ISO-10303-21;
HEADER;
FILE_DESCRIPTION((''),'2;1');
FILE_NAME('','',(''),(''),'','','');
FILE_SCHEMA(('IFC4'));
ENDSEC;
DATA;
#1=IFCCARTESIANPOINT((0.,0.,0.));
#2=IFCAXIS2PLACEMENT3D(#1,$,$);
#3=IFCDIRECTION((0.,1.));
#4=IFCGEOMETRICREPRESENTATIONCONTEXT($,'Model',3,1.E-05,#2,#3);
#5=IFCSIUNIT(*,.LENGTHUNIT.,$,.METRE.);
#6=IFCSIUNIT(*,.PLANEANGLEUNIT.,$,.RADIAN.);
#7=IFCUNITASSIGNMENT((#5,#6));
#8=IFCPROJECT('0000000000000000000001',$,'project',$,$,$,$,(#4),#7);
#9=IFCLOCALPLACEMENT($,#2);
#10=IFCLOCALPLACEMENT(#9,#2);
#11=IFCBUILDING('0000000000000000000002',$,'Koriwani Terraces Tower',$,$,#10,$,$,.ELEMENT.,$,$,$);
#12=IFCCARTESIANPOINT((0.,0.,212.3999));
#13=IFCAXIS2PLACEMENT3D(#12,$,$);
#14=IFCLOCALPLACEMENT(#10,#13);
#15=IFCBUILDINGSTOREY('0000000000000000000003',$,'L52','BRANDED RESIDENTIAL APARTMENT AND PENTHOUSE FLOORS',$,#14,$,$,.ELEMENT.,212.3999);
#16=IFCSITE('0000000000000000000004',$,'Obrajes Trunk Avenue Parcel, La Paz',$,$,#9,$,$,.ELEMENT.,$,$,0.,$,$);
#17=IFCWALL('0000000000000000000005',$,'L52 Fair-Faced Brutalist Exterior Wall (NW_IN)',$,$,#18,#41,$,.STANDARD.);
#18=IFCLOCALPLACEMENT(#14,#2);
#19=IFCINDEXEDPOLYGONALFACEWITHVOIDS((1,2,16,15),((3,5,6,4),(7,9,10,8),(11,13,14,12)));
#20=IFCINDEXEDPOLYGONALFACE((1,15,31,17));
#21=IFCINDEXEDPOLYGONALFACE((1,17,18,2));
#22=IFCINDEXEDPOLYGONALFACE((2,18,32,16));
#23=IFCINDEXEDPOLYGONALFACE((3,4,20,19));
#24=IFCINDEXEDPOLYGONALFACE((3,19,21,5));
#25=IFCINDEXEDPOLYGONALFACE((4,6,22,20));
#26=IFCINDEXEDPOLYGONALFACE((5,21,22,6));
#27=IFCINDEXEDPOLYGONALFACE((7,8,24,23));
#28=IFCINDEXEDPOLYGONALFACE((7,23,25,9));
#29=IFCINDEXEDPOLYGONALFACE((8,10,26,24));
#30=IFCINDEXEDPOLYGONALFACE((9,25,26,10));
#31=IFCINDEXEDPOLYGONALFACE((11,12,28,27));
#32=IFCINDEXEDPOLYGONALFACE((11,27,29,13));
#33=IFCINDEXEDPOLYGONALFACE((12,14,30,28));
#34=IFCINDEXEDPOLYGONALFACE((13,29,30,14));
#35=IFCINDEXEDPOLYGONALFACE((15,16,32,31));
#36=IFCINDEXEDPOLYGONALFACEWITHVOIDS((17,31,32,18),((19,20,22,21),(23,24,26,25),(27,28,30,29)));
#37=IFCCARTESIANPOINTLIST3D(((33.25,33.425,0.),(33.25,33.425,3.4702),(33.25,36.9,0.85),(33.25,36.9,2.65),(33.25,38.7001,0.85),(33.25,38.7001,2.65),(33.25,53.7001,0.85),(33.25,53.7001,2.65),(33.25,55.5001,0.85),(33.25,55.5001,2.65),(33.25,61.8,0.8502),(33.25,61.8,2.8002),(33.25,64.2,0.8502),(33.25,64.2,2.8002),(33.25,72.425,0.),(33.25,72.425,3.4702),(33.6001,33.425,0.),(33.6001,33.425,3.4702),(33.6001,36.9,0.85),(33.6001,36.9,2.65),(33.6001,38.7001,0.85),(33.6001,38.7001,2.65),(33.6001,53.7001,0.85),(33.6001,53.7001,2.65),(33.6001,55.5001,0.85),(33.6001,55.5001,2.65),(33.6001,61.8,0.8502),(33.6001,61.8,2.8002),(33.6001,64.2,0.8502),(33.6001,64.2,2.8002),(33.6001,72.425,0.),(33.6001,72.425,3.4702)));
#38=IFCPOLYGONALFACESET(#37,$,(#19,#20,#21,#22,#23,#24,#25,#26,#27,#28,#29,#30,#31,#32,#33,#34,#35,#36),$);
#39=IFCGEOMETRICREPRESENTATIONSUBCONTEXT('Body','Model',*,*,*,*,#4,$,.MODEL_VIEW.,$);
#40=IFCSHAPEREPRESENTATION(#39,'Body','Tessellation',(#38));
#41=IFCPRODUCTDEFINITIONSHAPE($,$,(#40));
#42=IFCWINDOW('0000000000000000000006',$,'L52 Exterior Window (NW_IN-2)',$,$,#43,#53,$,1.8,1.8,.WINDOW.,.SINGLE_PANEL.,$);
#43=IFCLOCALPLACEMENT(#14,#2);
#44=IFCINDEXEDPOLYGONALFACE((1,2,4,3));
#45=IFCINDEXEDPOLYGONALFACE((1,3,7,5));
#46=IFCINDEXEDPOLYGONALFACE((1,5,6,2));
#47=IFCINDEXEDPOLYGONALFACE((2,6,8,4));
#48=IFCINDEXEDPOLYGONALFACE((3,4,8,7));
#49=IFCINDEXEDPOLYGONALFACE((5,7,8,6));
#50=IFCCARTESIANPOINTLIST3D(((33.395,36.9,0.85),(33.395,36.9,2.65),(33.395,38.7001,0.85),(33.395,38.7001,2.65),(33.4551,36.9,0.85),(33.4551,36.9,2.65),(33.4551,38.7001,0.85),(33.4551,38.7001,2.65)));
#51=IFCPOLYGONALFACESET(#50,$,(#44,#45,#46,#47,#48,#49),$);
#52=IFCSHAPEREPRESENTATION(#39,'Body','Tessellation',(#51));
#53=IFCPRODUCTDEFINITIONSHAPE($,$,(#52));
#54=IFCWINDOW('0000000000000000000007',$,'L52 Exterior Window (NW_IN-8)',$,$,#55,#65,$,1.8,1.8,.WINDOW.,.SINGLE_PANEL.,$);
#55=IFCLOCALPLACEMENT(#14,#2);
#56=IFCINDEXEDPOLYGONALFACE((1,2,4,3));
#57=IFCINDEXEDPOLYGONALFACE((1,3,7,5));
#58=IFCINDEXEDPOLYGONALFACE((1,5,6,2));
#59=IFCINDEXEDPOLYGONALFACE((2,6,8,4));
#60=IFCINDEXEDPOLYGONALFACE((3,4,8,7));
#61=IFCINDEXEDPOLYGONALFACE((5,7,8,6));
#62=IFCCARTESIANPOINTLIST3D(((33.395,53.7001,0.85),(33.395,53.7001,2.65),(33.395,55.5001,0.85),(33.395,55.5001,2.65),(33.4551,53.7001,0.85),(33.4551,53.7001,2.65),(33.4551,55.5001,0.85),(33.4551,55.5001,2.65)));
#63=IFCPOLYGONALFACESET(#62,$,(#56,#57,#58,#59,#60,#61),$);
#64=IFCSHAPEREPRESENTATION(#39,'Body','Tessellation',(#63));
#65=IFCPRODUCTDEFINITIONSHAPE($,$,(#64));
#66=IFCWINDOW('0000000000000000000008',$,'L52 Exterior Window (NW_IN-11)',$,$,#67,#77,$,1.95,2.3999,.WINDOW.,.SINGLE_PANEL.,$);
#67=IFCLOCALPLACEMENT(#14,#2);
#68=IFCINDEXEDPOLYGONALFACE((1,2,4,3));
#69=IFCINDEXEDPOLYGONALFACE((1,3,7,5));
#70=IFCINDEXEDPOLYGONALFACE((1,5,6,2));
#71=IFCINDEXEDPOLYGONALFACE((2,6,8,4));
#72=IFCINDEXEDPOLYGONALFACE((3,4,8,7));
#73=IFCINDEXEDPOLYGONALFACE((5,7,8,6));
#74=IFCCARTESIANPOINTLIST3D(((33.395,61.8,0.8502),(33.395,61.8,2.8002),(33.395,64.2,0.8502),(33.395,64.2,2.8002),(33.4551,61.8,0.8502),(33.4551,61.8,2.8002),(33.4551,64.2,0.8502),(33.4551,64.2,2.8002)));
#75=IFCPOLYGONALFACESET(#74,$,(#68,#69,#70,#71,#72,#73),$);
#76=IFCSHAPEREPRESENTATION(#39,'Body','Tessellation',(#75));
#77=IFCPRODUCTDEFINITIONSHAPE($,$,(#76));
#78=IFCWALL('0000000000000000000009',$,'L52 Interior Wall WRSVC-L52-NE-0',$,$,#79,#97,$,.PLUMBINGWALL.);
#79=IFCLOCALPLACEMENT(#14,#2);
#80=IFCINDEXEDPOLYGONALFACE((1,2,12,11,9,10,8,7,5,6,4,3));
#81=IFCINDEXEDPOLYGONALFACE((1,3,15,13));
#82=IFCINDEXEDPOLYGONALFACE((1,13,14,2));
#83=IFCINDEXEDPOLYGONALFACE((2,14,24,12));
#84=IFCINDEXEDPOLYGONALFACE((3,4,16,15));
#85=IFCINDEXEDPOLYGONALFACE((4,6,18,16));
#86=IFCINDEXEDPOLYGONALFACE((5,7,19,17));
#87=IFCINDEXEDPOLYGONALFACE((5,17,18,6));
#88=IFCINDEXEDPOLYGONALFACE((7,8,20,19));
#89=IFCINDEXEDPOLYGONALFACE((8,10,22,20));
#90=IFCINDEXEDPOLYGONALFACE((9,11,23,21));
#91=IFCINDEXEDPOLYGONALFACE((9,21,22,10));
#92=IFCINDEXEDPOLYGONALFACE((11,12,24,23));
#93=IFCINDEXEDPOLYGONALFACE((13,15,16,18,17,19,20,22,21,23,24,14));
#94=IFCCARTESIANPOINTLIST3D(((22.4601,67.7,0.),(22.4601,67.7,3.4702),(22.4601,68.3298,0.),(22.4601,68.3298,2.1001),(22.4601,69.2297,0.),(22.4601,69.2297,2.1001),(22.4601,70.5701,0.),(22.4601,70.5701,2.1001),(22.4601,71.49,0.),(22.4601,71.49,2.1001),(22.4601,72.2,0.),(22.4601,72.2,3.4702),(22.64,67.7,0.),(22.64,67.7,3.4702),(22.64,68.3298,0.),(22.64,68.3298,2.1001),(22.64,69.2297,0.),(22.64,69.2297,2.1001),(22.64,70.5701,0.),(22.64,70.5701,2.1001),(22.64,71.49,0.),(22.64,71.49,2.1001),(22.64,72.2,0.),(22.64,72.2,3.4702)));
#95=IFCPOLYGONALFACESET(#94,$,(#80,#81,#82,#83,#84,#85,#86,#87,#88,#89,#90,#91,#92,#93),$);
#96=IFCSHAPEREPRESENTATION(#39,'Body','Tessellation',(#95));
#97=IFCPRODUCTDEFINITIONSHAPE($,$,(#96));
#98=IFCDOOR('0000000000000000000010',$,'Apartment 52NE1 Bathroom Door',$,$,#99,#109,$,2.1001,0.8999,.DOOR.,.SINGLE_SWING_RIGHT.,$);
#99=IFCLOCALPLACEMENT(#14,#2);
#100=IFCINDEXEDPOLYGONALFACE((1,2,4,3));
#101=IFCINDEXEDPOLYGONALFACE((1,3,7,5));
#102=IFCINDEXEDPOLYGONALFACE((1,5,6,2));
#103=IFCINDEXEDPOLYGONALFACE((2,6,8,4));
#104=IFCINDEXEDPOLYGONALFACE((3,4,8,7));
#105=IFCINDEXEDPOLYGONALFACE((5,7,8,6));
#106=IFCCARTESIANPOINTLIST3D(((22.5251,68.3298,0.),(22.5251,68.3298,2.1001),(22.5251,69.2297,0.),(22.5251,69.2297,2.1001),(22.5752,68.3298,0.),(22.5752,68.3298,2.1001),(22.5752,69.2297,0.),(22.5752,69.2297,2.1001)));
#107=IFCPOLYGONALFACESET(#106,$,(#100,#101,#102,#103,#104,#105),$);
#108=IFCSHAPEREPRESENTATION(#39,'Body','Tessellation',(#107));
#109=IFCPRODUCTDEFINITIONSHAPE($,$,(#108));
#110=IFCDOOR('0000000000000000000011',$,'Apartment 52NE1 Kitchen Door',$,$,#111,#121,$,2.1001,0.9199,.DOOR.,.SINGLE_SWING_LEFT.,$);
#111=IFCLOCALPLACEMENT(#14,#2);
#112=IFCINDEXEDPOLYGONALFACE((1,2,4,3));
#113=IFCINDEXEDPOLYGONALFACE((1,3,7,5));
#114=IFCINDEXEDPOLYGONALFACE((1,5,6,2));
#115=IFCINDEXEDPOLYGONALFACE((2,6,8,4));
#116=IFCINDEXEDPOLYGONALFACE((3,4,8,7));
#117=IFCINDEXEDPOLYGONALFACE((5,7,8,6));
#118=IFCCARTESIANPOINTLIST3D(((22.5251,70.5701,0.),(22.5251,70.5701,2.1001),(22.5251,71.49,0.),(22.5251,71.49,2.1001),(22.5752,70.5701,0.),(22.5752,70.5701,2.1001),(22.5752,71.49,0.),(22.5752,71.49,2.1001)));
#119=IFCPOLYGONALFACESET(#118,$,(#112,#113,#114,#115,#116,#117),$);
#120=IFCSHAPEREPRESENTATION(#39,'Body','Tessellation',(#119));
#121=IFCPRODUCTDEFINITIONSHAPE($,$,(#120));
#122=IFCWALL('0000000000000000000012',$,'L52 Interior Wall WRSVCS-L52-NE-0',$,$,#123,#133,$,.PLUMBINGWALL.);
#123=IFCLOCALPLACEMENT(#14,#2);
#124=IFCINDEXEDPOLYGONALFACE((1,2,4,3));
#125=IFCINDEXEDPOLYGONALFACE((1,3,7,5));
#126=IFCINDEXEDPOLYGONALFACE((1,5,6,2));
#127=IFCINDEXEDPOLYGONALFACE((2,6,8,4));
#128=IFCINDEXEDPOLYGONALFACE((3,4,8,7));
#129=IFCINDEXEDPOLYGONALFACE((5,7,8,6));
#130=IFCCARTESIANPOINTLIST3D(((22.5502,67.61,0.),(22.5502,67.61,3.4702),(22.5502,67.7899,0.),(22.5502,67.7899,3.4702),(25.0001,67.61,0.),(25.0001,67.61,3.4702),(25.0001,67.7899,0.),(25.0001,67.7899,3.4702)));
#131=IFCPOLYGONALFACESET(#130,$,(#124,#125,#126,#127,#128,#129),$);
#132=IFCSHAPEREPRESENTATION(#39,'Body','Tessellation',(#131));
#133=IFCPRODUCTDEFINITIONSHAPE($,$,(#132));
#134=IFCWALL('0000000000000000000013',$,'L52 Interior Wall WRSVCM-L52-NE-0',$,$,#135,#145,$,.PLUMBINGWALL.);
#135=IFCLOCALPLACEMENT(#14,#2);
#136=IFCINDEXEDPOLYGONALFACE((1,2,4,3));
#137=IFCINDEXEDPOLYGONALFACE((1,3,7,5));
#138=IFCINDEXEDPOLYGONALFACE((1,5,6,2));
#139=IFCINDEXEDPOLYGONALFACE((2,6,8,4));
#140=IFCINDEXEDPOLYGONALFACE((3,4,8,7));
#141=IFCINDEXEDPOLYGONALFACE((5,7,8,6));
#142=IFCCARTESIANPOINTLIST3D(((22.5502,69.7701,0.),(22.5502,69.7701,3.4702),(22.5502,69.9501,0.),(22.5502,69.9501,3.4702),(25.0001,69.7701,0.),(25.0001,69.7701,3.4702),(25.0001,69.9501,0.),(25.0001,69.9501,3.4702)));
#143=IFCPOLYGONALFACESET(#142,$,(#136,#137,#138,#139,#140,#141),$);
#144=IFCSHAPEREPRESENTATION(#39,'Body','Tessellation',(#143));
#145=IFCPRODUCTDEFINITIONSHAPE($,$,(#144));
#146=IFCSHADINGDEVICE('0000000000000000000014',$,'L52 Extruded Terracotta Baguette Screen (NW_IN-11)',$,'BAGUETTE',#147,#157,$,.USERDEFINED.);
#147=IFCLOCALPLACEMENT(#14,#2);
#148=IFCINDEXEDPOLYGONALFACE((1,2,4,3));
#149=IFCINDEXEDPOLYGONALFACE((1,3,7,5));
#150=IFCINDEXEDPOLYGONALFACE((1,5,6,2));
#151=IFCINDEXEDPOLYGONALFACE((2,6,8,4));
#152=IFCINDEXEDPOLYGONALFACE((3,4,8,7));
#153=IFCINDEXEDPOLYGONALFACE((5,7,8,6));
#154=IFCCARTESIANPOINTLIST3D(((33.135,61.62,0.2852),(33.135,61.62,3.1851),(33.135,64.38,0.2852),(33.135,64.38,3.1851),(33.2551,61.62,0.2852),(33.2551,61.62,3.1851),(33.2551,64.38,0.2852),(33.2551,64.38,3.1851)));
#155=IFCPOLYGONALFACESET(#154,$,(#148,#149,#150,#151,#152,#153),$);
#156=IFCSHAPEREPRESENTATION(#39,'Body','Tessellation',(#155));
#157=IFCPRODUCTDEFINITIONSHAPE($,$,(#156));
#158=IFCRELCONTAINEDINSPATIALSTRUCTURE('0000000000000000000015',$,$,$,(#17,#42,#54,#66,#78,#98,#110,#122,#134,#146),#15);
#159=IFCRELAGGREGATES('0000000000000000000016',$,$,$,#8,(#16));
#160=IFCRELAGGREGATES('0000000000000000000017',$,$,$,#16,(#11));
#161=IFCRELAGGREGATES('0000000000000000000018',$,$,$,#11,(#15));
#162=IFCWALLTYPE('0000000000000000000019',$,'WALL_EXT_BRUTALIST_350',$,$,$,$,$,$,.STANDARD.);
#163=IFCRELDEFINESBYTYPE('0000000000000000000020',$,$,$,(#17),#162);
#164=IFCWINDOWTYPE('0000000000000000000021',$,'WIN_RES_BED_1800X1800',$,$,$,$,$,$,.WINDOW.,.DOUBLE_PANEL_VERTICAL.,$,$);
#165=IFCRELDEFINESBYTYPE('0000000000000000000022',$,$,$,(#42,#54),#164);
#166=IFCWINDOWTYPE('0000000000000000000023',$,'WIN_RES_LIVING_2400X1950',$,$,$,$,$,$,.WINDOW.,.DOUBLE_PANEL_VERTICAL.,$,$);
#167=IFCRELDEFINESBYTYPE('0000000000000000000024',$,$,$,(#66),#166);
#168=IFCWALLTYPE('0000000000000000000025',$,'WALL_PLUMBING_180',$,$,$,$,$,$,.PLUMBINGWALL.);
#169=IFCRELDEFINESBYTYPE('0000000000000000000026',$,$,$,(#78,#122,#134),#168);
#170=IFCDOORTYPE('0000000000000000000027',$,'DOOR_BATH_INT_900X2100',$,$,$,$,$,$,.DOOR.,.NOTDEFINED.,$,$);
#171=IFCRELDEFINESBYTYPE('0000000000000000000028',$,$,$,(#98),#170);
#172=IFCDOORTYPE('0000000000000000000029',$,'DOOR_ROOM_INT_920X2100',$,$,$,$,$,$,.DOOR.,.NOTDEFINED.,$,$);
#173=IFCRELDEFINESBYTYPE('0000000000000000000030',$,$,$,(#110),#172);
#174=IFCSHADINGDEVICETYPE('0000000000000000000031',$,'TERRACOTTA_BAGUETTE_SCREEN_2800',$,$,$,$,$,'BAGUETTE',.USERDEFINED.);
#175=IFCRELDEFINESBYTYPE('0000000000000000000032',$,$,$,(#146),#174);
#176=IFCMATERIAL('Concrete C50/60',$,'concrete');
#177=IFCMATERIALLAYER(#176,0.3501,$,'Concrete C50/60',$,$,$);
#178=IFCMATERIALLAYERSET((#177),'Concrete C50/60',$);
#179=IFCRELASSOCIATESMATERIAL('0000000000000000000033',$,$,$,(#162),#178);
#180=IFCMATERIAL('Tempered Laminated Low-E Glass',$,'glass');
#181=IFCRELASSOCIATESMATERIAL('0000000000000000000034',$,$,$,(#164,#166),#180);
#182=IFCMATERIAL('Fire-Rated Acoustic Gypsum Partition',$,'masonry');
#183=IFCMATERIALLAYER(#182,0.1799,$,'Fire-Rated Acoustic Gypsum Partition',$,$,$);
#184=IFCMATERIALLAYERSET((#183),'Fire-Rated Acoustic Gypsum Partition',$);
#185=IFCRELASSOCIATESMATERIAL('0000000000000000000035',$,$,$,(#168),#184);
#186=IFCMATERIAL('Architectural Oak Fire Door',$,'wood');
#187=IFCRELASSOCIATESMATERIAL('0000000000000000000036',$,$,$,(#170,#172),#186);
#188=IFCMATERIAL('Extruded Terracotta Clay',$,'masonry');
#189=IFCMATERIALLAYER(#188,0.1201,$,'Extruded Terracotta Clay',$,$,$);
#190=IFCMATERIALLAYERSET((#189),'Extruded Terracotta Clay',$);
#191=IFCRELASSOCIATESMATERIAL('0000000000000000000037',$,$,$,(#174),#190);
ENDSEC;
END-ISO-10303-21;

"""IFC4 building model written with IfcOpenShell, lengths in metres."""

from ifc_helpers import new_model, si_unit, direction, frame, frame_2d, origin, origin_2d, place, context, subcontext, project, spatial, rectangle, extrude, material, layer, layer_set, type_object, element, fill, save


model = new_model("IFC4")

# Units and contexts
model_context = context("Model", 3, precision=1e-05, world=origin(), true_north=direction((0.0, 1.0)))
body_context = subcontext(model_context, "Body", "Model", "MODEL_VIEW")
ifc_project = project(units=[si_unit("LENGTHUNIT", "METRE"), si_unit("PLANEANGLEUNIT", "RADIAN")], contexts=[model_context])

# Site, building, storey
site_placement = place(None, origin())
site = spatial("IfcSite", under=ifc_project, at=site_placement, Name="Obrajes Trunk Avenue Parcel, La Paz", CompositionType="ELEMENT", RefElevation=0.0)
building_placement = place(site_placement, origin())
building = spatial("IfcBuilding", under=site, at=building_placement, Name="Koriwani Terraces Tower", CompositionType="ELEMENT")
storey_placement = place(building_placement, frame((0.0, 0.0, 212.3999)))
storey = spatial("IfcBuildingStorey", under=building, at=storey_placement, Name="L52", Description="BRANDED RESIDENTIAL APARTMENT AND PENTHOUSE FLOORS", CompositionType="ELEMENT", Elevation=212.3999)

# Shared definitions
ifc_material_1 = material(Name="Concrete C50/60", Category="concrete")

# Shared definitions
ifc_material_2 = material(Name="Architectural Oak Fire Door", Category="wood")

# Shared definitions
ifc_layer_1 = layer(ifc_material_1, 0.3501, Name="Concrete C50/60")
ifc_layer_set_1 = layer_set([ifc_layer_1], Name="Concrete C50/60")
wall_type_1 = type_object("IfcWallType", Name="WALL_EXT_BRUTALIST_350", PredefinedType="STANDARD", material=ifc_layer_set_1)

# Wall, openings, windows
wall_1_placement = place(storey_placement, frame((33.425, 72.425, 0.0), z_axis=(0.0, 0.0, 1.0), x_axis=(0.0, -1.0, 0.0)))
wall_1 = element("IfcWall", 1, at=wall_1_placement, inside=storey, type_object=wall_type_1, Name="L52 Fair-Faced Brutalist Exterior Wall (NW_IN)", PredefinedType="STANDARD", context=body_context, shape_type="SweptSolid", body=[
    extrude(rectangle(XDim=39.0, YDim=0.3501, at=frame_2d((19.5, 0.0))), origin(), (0.0, 0.0, 1.0), 3.4702),
])
opening_1_placement = place(wall_1_placement, frame((33.7251, 0.0, 0.8501)))
opening_1 = element("IfcOpeningElement", 2, at=opening_1_placement, cuts=wall_1, PredefinedType="OPENING", context=body_context, shape_type="SweptSolid", body=[
    extrude(rectangle(XDim=1.8, YDim=1.8, at=frame_2d((0.8999, 0.8999))), frame((0.0, 0.1851, 0.0), z_axis=(0.0, -1.0, 0.0), x_axis=(1.0, 0.0, 0.0)), (0.0, 0.0, 1.0), 0.3701),
])
opening_2_placement = place(wall_1_placement, frame((16.925, 0.0, 0.8501)))
opening_2 = element("IfcOpeningElement", 3, at=opening_2_placement, cuts=wall_1, PredefinedType="OPENING", context=body_context, shape_type="SweptSolid", body=[
    extrude(rectangle(XDim=1.8, YDim=1.8, at=frame_2d((0.8999, 0.8999))), frame((0.0, 0.1851, 0.0), z_axis=(0.0, -1.0, 0.0), x_axis=(1.0, 0.0, 0.0)), (0.0, 0.0, 1.0), 0.3701),
])
opening_3_placement = place(wall_1_placement, frame((8.2251, 0.0, 0.8501)))
opening_3 = element("IfcOpeningElement", 4, at=opening_3_placement, cuts=wall_1, PredefinedType="OPENING", context=body_context, shape_type="SweptSolid", body=[
    extrude(rectangle(XDim=2.3999, YDim=1.95, at=frame_2d((1.2, 0.9751))), frame((0.0, 0.1851, 0.0), z_axis=(0.0, -1.0, 0.0), x_axis=(1.0, 0.0, 0.0)), (0.0, 0.0, 1.0), 0.3701),
])
ifc_material_3 = material(Name="Tempered Laminated Low-E Glass", Category="glass")
window_type_1 = type_object("IfcWindowType", Name="WIN_RES_BED_1800X1800", PartitioningType="DOUBLE_PANEL_VERTICAL", PredefinedType="WINDOW", material=ifc_material_3)
window_1_placement = place(opening_1_placement, origin())
window_1 = element("IfcWindow", 5, at=window_1_placement, inside=storey, type_object=window_type_1, Name="L52 Exterior Window (NW_IN-2)", OverallHeight=1.8, OverallWidth=1.8, PartitioningType="SINGLE_PANEL", PredefinedType="WINDOW", context=body_context, shape_type="SweptSolid", body=[
    extrude(rectangle(XDim=1.8, YDim=1.8, at=frame_2d((0.8999, 0.8999))), frame((0.0, 0.03, 0.0), z_axis=(0.0, -1.0, 0.0), x_axis=(1.0, 0.0, 0.0)), (0.0, 0.0, 1.0), 0.0601),
])
fill(opening_1, window_1)
window_2_placement = place(opening_2_placement, origin())
window_2 = element("IfcWindow", 6, at=window_2_placement, inside=storey, type_object=window_type_1, Name="L52 Exterior Window (NW_IN-8)", OverallHeight=1.8, OverallWidth=1.8, PartitioningType="SINGLE_PANEL", PredefinedType="WINDOW", context=body_context, shape_type="SweptSolid", body=[
    extrude(rectangle(XDim=1.8, YDim=1.8, at=frame_2d((0.8999, 0.8999))), frame((0.0, 0.03, 0.0), z_axis=(0.0, -1.0, 0.0), x_axis=(1.0, 0.0, 0.0)), (0.0, 0.0, 1.0), 0.0601),
])
fill(opening_2, window_2)
window_type_2 = type_object("IfcWindowType", Name="WIN_RES_LIVING_2400X1950", PartitioningType="DOUBLE_PANEL_VERTICAL", PredefinedType="WINDOW", material=ifc_material_3)
window_3_placement = place(opening_3_placement, origin())
window_3 = element("IfcWindow", 7, at=window_3_placement, inside=storey, type_object=window_type_2, Name="L52 Exterior Window (NW_IN-11)", OverallHeight=1.95, OverallWidth=2.3999, PartitioningType="SINGLE_PANEL", PredefinedType="WINDOW", context=body_context, shape_type="SweptSolid", body=[
    extrude(rectangle(XDim=2.3999, YDim=1.95, at=frame_2d((1.2, 0.9751))), frame((0.0, 0.03, 0.0), z_axis=(0.0, -1.0, 0.0), x_axis=(1.0, 0.0, 0.0)), (0.0, 0.0, 1.0), 0.0601),
])
fill(opening_3, window_3)

# Wall, openings, doors
ifc_material_4 = material(Name="Fire-Rated Acoustic Gypsum Partition", Category="masonry")
ifc_layer_2 = layer(ifc_material_4, 0.1799, Name="Fire-Rated Acoustic Gypsum Partition")
ifc_layer_set_2 = layer_set([ifc_layer_2], Name="Fire-Rated Acoustic Gypsum Partition")
wall_type_2 = type_object("IfcWallType", Name="WALL_PLUMBING_180", PredefinedType="PLUMBINGWALL", material=ifc_layer_set_2)
wall_2_placement = place(storey_placement, frame((22.55, 67.7, 0.0), z_axis=(0.0, 0.0, 1.0), x_axis=(0.0, 1.0, 0.0)))
wall_2 = element("IfcWall", 8, at=wall_2_placement, inside=storey, type_object=wall_type_2, Name="L52 Interior Wall WRSVC-L52-NE-0", PredefinedType="PLUMBINGWALL", context=body_context, shape_type="SweptSolid", body=[
    extrude(rectangle(XDim=4.5, YDim=0.1799, at=frame_2d((2.25, 0.0))), origin(), (0.0, 0.0, 1.0), 3.4702),
])
opening_4_placement = place(wall_2_placement, frame((0.6299, 0.0, 0.0)))
opening_4 = element("IfcOpeningElement", 9, at=opening_4_placement, cuts=wall_2, PredefinedType="OPENING", context=body_context, shape_type="SweptSolid", body=[
    extrude(rectangle(XDim=0.8999, YDim=2.1001, at=frame_2d((0.45, 1.05))), frame((0.0, 0.1001, 0.0), z_axis=(0.0, -1.0, 0.0), x_axis=(1.0, 0.0, 0.0)), (0.0, 0.0, 1.0), 0.2),
])
opening_5_placement = place(wall_2_placement, frame((2.8701, 0.0, 0.0)))
opening_5 = element("IfcOpeningElement", 10, at=opening_5_placement, cuts=wall_2, PredefinedType="OPENING", context=body_context, shape_type="SweptSolid", body=[
    extrude(rectangle(XDim=0.9199, YDim=2.1001, at=frame_2d((0.46, 1.05))), frame((0.0, 0.1001, 0.0), z_axis=(0.0, -1.0, 0.0), x_axis=(1.0, 0.0, 0.0)), (0.0, 0.0, 1.0), 0.2),
])
door_type_1 = type_object("IfcDoorType", Name="DOOR_BATH_INT_900X2100", OperationType="NOTDEFINED", PredefinedType="DOOR", material=ifc_material_2)
door_1_placement = place(opening_4_placement, origin())
door_1 = element("IfcDoor", 11, at=door_1_placement, inside=storey, type_object=door_type_1, Name="Apartment 52NE1 Bathroom Door", OperationType="SINGLE_SWING_RIGHT", OverallHeight=2.1001, OverallWidth=0.8999, PredefinedType="DOOR", context=body_context, shape_type="SweptSolid", body=[
    extrude(rectangle(XDim=0.8999, YDim=2.1001, at=frame_2d((0.45, 1.05))), frame((0.0, 0.0249, 0.0), z_axis=(0.0, -1.0, 0.0), x_axis=(1.0, 0.0, 0.0)), (0.0, 0.0, 1.0), 0.05),
])
fill(opening_4, door_1)
door_type_2 = type_object("IfcDoorType", Name="DOOR_ROOM_INT_920X2100", OperationType="NOTDEFINED", PredefinedType="DOOR", material=ifc_material_2)
door_2_placement = place(opening_5_placement, origin())
door_2 = element("IfcDoor", 12, at=door_2_placement, inside=storey, type_object=door_type_2, Name="Apartment 52NE1 Kitchen Door", OperationType="SINGLE_SWING_LEFT", OverallHeight=2.1001, OverallWidth=0.9199, PredefinedType="DOOR", context=body_context, shape_type="SweptSolid", body=[
    extrude(rectangle(XDim=0.9199, YDim=2.1001, at=frame_2d((0.46, 1.05))), frame((0.0, 0.0249, 0.0), z_axis=(0.0, -1.0, 0.0), x_axis=(1.0, 0.0, 0.0)), (0.0, 0.0, 1.0), 0.05),
])
fill(opening_5, door_2)

# Walls
for number, where, z_axis, x_axis, name in (
    (13, (22.55, 67.7, 0.0), (0.0, 0.0, 1.0), (1.0, 0.0, 0.0), "L52 Interior Wall WRSVCS-L52-NE-0"),
    (14, (22.55, 69.8601, 0.0), (0.0, 0.0, 1.0), (1.0, 0.0, 0.0), "L52 Interior Wall WRSVCM-L52-NE-0"),
):
    element("IfcWall", number, at=place(storey_placement, frame(where, z_axis=z_axis, x_axis=x_axis)), inside=storey, type_object=wall_type_2, Name=name, PredefinedType="PLUMBINGWALL", context=body_context, shape_type="SweptSolid", body=[
        extrude(rectangle(XDim=2.45, YDim=0.1799, at=frame_2d((1.2251, 0.0))), origin(), (0.0, 0.0, 1.0), 3.4702),
    ])

# Shading device
ifc_material_5 = material(Name="Extruded Terracotta Clay", Category="masonry")
ifc_layer_3 = layer(ifc_material_5, 0.1201, Name="Extruded Terracotta Clay")
ifc_layer_set_3 = layer_set([ifc_layer_3], Name="Extruded Terracotta Clay")
shading_device_type = type_object("IfcShadingDeviceType", Name="TERRACOTTA_BAGUETTE_SCREEN_2800", ElementType="BAGUETTE", PredefinedType="USERDEFINED", material=ifc_layer_set_3)
shading_device_placement = place(storey_placement, frame((33.1951, 63.0, 0.2852), z_axis=(0.0, 0.0, 1.0), x_axis=(0.0, -1.0, 0.0)))
element("IfcShadingDevice", 15, at=shading_device_placement, inside=storey, type_object=shading_device_type, Name="L52 Extruded Terracotta Baguette Screen (NW_IN-11)", ObjectType="BAGUETTE", PredefinedType="USERDEFINED", context=body_context, shape_type="SweptSolid", body=[
    extrude(rectangle(XDim=2.76, YDim=0.1201, at=origin_2d()), origin(), (0.0, 0.0, 1.0), 2.8999),
])

save(model, "model.ifc")
